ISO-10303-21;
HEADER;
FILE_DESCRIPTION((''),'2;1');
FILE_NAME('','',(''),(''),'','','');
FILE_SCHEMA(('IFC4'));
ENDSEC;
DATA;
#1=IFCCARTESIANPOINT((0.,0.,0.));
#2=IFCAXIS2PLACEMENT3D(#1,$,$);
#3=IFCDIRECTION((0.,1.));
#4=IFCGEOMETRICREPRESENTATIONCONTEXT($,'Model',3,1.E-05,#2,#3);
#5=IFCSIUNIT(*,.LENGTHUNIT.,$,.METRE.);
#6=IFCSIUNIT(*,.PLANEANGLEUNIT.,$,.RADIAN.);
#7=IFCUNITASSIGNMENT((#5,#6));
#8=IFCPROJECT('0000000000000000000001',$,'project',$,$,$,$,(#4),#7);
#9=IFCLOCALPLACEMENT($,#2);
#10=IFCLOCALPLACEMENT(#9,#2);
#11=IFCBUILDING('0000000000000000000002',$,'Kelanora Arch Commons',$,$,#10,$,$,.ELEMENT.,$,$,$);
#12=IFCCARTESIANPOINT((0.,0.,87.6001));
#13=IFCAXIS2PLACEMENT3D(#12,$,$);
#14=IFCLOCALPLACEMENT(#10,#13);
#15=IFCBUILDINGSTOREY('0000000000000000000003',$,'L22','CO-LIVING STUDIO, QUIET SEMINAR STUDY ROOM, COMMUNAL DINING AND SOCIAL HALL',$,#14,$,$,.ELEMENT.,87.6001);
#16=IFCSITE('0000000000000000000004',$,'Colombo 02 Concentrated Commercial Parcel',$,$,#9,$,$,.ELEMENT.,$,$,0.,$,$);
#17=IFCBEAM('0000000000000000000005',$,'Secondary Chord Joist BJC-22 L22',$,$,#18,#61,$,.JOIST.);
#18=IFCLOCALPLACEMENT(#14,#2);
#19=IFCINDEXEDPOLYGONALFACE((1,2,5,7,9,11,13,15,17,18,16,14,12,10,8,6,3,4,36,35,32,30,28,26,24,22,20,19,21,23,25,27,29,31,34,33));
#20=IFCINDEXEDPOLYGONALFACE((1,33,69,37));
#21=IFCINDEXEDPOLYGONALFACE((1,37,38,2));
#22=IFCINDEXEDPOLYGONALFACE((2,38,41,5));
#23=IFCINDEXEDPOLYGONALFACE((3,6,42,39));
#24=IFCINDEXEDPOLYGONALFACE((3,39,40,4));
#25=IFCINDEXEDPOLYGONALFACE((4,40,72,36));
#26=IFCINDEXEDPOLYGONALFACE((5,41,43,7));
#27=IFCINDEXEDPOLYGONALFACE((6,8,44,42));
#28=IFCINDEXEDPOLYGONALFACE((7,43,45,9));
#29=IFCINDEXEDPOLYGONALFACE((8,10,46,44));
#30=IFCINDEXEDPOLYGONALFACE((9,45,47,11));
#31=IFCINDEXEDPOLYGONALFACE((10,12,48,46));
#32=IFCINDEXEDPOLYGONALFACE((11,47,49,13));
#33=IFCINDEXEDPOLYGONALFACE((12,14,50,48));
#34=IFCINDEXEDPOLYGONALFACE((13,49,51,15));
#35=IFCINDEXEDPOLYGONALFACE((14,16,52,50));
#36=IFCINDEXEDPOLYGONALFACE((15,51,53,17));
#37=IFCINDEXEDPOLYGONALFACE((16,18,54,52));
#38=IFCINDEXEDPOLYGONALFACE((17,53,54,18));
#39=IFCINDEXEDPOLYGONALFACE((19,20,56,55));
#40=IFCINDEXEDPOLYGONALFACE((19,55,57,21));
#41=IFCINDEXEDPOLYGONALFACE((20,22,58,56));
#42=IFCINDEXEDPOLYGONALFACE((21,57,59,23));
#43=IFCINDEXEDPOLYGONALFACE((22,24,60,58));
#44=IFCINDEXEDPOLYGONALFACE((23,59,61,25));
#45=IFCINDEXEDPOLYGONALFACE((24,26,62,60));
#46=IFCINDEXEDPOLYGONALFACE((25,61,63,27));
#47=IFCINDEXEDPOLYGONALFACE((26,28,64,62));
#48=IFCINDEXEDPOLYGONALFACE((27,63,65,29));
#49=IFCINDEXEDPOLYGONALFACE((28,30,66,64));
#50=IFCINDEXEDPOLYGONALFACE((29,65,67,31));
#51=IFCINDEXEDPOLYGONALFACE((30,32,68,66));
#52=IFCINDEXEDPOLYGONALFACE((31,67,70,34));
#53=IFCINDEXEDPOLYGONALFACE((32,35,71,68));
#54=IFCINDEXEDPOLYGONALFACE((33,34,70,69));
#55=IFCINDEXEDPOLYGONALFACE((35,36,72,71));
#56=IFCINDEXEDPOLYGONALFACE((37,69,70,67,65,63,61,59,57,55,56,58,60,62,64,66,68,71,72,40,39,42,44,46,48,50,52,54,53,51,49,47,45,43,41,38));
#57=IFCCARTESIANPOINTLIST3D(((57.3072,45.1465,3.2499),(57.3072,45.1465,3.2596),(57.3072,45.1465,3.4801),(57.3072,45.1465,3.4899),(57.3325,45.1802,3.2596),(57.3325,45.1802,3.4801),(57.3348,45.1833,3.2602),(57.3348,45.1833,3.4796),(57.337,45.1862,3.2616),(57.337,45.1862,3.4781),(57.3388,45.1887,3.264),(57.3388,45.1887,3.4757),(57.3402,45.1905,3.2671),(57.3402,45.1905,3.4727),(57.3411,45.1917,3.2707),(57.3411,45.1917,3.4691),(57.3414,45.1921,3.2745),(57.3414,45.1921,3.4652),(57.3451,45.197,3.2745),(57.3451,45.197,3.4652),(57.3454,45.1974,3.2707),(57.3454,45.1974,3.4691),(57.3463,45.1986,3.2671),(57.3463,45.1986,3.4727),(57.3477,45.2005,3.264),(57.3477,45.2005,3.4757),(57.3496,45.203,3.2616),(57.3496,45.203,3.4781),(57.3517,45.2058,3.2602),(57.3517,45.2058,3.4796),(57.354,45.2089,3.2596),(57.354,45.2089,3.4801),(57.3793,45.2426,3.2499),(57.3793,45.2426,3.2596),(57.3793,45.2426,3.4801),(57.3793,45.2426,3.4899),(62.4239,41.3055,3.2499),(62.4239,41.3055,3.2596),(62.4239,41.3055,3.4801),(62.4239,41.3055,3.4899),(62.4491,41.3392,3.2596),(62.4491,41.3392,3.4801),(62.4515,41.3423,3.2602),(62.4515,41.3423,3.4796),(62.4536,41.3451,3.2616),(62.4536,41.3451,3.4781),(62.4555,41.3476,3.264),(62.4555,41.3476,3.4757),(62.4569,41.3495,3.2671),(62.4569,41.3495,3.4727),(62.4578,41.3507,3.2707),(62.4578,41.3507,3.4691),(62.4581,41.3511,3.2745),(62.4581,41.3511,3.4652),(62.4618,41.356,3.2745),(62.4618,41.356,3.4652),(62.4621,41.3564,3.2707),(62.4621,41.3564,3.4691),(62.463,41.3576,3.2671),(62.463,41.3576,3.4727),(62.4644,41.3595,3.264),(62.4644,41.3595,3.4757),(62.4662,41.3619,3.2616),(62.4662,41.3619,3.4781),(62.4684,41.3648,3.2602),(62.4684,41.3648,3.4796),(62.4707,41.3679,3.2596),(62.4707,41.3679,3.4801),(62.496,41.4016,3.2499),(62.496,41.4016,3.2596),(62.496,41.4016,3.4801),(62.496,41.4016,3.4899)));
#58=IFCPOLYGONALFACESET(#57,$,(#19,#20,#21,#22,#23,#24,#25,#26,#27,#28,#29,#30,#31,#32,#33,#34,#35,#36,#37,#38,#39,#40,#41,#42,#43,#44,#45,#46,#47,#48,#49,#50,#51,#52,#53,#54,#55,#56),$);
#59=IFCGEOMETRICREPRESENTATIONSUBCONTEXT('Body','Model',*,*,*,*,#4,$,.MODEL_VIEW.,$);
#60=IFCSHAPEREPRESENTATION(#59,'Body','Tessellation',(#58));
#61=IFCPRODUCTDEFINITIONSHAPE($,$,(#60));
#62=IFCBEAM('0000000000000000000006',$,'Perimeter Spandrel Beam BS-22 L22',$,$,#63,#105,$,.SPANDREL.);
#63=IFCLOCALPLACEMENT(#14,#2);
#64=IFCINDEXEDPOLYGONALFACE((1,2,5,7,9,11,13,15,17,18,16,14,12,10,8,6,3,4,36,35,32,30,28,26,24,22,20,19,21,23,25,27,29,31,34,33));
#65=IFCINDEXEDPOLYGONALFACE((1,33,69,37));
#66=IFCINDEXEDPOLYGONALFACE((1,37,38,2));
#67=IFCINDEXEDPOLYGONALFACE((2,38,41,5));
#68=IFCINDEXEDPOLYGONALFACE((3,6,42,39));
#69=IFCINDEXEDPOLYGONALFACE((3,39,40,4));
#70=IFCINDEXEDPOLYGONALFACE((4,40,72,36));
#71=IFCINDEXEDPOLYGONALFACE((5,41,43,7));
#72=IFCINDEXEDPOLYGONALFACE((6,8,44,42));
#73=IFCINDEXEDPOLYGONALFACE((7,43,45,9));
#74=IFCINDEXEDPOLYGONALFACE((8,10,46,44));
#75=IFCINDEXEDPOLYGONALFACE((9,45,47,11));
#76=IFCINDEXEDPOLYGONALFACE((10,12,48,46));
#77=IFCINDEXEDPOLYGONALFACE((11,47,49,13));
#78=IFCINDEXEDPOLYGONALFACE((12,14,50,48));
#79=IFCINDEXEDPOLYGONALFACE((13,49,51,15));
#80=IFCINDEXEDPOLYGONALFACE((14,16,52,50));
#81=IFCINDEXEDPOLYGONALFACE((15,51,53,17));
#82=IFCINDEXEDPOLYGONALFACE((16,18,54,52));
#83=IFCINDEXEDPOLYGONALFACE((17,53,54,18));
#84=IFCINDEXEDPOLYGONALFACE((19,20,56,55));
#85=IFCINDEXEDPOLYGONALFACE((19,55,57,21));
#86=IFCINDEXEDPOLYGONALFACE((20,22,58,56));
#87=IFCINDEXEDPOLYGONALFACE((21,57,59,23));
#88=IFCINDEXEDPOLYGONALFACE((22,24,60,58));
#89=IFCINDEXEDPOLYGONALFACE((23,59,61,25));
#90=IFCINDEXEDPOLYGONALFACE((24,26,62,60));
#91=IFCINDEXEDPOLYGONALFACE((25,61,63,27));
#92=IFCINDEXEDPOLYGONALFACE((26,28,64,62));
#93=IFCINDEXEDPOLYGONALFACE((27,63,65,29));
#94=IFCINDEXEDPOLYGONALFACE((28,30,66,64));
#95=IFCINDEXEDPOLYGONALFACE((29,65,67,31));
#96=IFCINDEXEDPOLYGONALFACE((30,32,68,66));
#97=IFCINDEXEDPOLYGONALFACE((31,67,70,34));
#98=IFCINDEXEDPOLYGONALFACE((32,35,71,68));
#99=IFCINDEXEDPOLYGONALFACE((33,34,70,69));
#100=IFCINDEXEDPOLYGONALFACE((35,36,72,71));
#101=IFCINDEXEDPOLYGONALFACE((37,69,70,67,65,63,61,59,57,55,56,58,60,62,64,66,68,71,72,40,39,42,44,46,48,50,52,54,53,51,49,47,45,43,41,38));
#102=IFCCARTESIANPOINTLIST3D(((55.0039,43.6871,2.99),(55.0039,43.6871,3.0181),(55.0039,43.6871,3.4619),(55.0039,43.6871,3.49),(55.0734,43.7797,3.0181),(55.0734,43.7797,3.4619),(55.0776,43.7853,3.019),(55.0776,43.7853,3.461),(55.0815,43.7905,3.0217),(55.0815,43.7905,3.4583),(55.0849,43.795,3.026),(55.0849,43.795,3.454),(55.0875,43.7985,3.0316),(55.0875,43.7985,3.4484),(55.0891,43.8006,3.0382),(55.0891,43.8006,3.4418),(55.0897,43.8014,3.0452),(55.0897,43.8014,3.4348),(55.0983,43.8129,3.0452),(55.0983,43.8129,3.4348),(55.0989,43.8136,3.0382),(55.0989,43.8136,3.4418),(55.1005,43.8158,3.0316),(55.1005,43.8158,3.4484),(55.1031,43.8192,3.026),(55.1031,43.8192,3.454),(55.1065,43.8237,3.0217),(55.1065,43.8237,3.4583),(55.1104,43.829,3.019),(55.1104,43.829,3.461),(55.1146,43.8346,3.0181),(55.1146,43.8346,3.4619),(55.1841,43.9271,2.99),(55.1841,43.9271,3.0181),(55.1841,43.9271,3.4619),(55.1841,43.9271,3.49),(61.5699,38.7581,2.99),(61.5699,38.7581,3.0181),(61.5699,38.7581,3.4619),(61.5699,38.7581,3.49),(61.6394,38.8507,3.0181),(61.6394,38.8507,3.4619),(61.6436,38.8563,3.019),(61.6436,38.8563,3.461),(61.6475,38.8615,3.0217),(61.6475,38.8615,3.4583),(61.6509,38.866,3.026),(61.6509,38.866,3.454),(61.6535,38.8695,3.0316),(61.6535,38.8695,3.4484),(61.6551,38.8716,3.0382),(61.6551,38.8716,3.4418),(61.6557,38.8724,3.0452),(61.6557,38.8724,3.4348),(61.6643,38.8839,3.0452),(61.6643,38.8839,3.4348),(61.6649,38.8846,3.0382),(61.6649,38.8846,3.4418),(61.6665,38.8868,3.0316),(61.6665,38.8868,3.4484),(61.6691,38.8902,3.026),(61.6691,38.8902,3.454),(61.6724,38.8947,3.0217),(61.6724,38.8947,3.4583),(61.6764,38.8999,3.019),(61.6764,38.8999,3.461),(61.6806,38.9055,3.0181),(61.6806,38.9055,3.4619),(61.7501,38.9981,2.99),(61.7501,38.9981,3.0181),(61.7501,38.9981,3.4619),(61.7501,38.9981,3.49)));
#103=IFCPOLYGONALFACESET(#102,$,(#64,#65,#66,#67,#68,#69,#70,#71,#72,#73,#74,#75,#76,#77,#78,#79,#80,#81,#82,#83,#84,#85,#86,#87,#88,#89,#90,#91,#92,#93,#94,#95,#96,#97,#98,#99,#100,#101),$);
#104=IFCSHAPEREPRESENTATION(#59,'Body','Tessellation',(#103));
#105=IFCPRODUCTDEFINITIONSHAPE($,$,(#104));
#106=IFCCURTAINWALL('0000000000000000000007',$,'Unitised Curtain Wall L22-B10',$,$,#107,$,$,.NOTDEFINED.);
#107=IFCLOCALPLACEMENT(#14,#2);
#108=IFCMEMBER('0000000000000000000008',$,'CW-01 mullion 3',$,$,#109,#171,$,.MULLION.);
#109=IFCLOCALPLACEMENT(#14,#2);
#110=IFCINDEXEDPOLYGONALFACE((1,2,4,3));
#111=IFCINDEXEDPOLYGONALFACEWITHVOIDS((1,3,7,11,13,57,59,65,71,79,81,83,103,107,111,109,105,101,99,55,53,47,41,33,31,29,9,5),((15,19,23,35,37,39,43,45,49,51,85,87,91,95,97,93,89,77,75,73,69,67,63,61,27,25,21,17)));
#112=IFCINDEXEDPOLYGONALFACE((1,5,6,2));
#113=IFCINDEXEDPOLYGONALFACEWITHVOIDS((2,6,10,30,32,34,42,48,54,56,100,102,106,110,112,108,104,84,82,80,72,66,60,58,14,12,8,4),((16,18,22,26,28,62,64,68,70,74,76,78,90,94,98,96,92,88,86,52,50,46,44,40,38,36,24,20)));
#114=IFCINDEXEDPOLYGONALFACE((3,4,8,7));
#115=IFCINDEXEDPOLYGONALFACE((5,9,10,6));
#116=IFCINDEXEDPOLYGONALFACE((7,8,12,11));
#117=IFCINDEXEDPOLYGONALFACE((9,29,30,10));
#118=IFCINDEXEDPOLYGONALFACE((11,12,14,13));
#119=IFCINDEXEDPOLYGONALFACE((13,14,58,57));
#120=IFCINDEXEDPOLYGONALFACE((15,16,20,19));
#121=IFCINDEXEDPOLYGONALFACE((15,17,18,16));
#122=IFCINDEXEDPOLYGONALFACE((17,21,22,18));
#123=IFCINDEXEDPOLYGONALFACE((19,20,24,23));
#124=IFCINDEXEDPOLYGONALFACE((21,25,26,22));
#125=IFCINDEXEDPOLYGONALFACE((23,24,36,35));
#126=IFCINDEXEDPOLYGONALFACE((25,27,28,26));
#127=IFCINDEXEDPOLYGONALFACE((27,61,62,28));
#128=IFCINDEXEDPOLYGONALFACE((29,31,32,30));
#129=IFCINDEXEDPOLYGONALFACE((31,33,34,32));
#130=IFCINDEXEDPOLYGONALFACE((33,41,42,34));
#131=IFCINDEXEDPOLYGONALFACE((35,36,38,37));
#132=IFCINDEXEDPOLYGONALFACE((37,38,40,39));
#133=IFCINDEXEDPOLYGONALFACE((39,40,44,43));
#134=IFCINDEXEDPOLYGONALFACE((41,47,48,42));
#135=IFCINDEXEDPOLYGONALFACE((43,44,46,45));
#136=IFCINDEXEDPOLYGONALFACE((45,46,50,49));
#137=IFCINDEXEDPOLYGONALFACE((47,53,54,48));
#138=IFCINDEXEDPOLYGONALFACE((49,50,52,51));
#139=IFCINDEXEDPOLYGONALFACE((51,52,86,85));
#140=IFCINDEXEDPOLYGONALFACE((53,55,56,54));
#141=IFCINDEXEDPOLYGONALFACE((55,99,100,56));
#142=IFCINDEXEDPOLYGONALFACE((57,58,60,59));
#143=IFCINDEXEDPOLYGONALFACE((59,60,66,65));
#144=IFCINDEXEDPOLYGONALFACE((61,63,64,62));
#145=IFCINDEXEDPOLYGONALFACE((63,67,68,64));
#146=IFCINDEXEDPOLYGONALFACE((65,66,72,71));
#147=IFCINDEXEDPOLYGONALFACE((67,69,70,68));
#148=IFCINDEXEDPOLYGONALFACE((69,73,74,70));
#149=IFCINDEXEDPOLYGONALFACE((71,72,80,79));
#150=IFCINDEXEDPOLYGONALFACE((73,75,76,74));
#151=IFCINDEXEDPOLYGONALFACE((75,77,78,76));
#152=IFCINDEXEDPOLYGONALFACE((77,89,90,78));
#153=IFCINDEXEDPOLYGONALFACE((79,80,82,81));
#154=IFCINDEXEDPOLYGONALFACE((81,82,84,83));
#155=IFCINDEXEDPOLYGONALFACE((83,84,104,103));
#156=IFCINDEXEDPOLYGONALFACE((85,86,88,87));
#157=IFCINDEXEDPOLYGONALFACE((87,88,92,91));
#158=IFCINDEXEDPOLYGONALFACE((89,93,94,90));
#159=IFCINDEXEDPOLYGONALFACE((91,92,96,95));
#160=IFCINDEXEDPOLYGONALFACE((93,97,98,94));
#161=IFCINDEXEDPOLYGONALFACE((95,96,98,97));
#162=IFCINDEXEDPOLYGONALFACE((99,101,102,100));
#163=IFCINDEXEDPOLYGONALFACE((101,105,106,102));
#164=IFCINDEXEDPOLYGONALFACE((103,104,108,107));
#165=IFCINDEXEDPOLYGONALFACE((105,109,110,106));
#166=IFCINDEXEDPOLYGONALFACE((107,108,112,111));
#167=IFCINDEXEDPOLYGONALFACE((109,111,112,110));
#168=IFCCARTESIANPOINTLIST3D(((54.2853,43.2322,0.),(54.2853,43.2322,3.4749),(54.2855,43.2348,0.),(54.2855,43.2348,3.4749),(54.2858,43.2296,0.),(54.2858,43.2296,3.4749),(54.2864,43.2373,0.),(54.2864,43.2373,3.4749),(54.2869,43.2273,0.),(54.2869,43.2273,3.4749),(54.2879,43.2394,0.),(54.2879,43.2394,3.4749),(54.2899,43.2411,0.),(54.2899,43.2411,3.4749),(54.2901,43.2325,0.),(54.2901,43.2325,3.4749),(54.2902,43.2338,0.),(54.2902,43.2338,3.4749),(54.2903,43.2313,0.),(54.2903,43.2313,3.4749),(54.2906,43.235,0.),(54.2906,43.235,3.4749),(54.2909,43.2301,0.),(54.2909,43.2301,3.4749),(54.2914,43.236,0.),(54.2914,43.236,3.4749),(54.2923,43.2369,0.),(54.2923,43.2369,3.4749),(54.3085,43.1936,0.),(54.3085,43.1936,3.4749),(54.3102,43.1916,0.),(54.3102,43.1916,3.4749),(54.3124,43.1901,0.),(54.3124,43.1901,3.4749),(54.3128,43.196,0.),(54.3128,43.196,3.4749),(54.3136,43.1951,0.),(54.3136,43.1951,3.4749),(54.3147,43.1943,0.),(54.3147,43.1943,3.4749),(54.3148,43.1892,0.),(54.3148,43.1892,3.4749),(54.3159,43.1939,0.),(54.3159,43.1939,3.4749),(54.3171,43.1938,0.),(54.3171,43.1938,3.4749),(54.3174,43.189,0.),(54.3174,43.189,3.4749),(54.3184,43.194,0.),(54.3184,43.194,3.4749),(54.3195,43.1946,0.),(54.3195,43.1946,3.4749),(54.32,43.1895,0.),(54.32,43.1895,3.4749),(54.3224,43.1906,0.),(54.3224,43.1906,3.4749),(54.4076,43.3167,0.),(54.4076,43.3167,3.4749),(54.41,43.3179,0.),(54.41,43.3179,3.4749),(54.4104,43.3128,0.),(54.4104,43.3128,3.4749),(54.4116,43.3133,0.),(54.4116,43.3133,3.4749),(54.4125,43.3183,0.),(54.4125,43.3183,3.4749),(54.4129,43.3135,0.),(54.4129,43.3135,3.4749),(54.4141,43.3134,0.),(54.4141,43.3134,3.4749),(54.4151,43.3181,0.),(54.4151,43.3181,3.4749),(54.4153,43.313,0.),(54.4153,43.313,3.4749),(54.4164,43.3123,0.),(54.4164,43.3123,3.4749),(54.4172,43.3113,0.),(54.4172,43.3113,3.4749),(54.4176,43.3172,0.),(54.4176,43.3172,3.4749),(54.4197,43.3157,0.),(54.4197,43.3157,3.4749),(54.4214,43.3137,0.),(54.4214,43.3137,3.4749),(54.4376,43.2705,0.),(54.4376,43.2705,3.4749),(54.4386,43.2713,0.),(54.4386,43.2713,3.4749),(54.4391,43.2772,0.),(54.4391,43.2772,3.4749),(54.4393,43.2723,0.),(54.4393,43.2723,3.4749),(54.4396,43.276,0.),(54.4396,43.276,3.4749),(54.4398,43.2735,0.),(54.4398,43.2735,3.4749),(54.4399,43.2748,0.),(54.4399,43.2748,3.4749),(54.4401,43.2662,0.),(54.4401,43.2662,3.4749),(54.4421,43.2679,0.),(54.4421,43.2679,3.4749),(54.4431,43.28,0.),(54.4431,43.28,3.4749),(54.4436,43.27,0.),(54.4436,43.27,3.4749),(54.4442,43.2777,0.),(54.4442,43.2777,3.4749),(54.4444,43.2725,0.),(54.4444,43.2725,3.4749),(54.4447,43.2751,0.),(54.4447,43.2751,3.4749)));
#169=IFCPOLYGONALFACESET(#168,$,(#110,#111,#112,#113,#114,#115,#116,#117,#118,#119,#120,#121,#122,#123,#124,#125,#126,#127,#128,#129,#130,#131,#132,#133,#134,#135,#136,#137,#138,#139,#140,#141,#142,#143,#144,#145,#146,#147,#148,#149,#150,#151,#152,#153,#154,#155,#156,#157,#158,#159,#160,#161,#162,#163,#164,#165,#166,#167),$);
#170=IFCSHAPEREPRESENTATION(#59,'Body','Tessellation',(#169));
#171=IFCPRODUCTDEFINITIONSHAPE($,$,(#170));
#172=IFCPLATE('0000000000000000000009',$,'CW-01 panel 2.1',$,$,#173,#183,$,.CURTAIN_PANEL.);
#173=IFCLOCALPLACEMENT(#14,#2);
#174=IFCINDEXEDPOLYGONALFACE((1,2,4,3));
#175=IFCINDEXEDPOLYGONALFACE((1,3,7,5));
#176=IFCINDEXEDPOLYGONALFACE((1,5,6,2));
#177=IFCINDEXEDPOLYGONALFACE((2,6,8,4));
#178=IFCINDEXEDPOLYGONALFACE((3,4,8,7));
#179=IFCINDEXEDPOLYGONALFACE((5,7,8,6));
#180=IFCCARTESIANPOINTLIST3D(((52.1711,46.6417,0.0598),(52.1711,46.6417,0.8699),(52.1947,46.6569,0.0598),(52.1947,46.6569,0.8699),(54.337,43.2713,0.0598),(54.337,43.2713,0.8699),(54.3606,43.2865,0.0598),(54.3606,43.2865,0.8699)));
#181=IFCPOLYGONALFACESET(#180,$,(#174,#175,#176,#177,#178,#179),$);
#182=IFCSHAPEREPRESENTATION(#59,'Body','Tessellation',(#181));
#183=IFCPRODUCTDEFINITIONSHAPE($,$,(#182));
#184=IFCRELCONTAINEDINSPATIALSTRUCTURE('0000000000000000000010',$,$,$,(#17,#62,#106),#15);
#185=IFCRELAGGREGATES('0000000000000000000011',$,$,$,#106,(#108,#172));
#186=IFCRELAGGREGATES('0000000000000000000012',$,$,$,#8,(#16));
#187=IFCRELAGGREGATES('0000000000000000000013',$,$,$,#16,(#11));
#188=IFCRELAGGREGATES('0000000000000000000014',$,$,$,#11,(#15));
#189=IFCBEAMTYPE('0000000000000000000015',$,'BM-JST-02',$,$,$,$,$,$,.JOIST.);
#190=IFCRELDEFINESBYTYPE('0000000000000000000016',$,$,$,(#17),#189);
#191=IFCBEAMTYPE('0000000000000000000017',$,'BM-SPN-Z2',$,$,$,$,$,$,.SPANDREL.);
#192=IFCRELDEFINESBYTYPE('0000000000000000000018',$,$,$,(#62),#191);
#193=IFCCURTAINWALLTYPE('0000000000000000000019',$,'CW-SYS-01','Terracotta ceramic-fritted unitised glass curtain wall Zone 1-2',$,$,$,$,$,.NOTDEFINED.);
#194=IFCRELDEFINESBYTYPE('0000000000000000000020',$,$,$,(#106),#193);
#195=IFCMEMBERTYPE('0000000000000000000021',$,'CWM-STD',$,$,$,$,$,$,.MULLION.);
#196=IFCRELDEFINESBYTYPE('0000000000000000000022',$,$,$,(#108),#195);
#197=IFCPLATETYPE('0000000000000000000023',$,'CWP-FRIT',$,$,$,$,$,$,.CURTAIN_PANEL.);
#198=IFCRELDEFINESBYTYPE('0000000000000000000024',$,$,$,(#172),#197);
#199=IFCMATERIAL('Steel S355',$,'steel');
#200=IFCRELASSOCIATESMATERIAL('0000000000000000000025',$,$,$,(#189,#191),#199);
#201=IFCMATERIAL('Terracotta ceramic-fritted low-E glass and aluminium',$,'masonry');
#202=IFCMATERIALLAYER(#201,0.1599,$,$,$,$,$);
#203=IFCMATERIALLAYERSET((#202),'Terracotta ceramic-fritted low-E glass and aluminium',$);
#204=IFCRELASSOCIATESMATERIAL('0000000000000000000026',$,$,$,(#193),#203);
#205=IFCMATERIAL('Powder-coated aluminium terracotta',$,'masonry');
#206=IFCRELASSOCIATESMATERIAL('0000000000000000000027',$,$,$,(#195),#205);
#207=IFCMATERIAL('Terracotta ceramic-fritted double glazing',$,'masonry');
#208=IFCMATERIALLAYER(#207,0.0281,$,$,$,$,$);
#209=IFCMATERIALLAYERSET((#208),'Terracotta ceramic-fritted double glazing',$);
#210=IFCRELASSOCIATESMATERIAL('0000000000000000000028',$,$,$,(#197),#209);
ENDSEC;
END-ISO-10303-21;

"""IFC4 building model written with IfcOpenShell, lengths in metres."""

from ifc_helpers import new_model, si_unit, direction, frame, origin, origin_2d, place, context, subcontext, project, spatial, rectangle, hollow_rectangle, i_section, extrude, source, transform, mapped, material, layer, layer_set, material_profile, profile_set, type_object, element, aggregate, save


model = new_model("IFC4")

# Units and contexts
model_context = context("Model", 3, precision=1e-05, world=origin(), true_north=direction((0.0, 1.0)))
body_context = subcontext(model_context, "Body", "Model", "MODEL_VIEW")
ifc_project = project(units=[si_unit("LENGTHUNIT", "METRE"), si_unit("PLANEANGLEUNIT", "RADIAN")], contexts=[model_context])

# Site, building, storey
site_placement = place(None, origin())
site = spatial("IfcSite", under=ifc_project, at=site_placement, Name="Colombo 02 Concentrated Commercial Parcel", CompositionType="ELEMENT", RefElevation=0.0)
building_placement = place(site_placement, origin())
building = spatial("IfcBuilding", under=site, at=building_placement, Name="Kelanora Arch Commons", CompositionType="ELEMENT")
storey_placement = place(building_placement, frame((0.0, 0.0, 87.6001)))
storey = spatial("IfcBuildingStorey", under=building, at=storey_placement, Name="L22", Description="CO-LIVING STUDIO, QUIET SEMINAR STUDY ROOM, COMMUNAL DINING AND SOCIAL HALL", CompositionType="ELEMENT", Elevation=87.6001)

# Beams
ifc_material_1 = material(Name="Steel S355", Category="steel")
ifc_material_profile_1 = material_profile(ifc_material_1, i_section(OverallWidth=0.1201, OverallDepth=0.24, WebThickness=0.0061, FlangeThickness=0.0098, FilletRadius=0.0149, at=origin_2d()), Name="IPE240")
ifc_profile_set_1 = profile_set([ifc_material_profile_1], Name="Steel S355")
beam_type_1 = type_object("IfcBeamType", Name="BM-JST-02", PredefinedType="JOIST", material=ifc_profile_set_1)
beam_1_placement = place(storey_placement, frame((57.3433, 45.1946, 3.3699), z_axis=(0.799734, -0.600354, 0.0), x_axis=(0.600354, 0.799734, 0.0)))
element("IfcBeam", 1, at=beam_1_placement, inside=storey, type_object=beam_type_1, Name="Secondary Chord Joist BJC-22 L22", PredefinedType="JOIST", context=body_context, shape_type="SweptSolid", body=[
    extrude(i_section(OverallWidth=0.1201, OverallDepth=0.24, WebThickness=0.0061, FlangeThickness=0.0098, FilletRadius=0.0149, at=origin_2d()), origin(), (0.0, 0.0, 1.0), 6.3979),
])
ifc_material_profile_2 = material_profile(ifc_material_1, i_section(OverallWidth=0.3, OverallDepth=0.5, WebThickness=0.0144, FlangeThickness=0.0281, FilletRadius=0.0271, at=origin_2d()), Name="HEB500")
ifc_profile_set_2 = profile_set([ifc_material_profile_2], Name="Steel S355")
beam_type_2 = type_object("IfcBeamType", Name="BM-SPN-Z2", PredefinedType="SPANDREL", material=ifc_profile_set_2)
beam_2_placement = place(storey_placement, frame((55.094, 43.8071, 3.24), z_axis=(0.799736, -0.600352, 0.0), x_axis=(0.600352, 0.799736, 0.0)))
element("IfcBeam", 2, at=beam_2_placement, inside=storey, type_object=beam_type_2, Name="Perimeter Spandrel Beam BS-22 L22", PredefinedType="SPANDREL", context=body_context, shape_type="SweptSolid", body=[
    extrude(i_section(OverallWidth=0.3, OverallDepth=0.5, WebThickness=0.0144, FlangeThickness=0.0281, FilletRadius=0.0271, at=origin_2d()), origin(), (0.0, 0.0, 1.0), 8.2102),
])

# Curtain wall, member, plate
ifc_material_2 = material(Name="Terracotta ceramic-fritted low-E glass and aluminium", Category="masonry")
ifc_layer_1 = layer(ifc_material_2, 0.1599)
ifc_layer_set_1 = layer_set([ifc_layer_1], Name="Terracotta ceramic-fritted low-E glass and aluminium")
curtain_wall_type = type_object("IfcCurtainWallType", Name="CW-SYS-01", Description="Terracotta ceramic-fritted unitised glass curtain wall Zone 1-2", PredefinedType="NOTDEFINED", material=ifc_layer_set_1)
curtain_wall_placement = place(storey_placement, origin())
curtain_wall = element("IfcCurtainWall", 3, at=curtain_wall_placement, inside=storey, type_object=curtain_wall_type, Name="Unitised Curtain Wall L22-B10", PredefinedType="NOTDEFINED")
ifc_material_3 = material(Name="Powder-coated aluminium terracotta", Category="masonry")
ifc_material_profile_3 = material_profile(ifc_material_3, hollow_rectangle(XDim=0.1599, YDim=0.0601, WallThickness=0.0049, InnerFilletRadius=0.0049, OuterFilletRadius=0.01, at=origin_2d()), Name="CWM160x60")
ifc_profile_set_3 = profile_set([ifc_material_profile_3], Name="Powder-coated aluminium terracotta")
member_type = type_object("IfcMemberType", Name="CWM-STD", PredefinedType="MULLION", material=ifc_profile_set_3)
member_placement = place(storey_placement, frame((54.365, 43.2537, 0.0), z_axis=(0.0, 0.0, 1.0), x_axis=(0.841269, 0.540617, 0.0)))
member = element("IfcMember", 4, at=member_placement, type_object=member_type, Name="CW-01 mullion 3", PredefinedType="MULLION", context=body_context, shape_type="SweptSolid", body=[
    extrude(hollow_rectangle(XDim=0.1599, YDim=0.0601, WallThickness=0.0049, InnerFilletRadius=0.0049, OuterFilletRadius=0.01, at=origin_2d()), origin(), (0.0, 0.0, 1.0), 3.4749),
])
ifc_material_4 = material(Name="Terracotta ceramic-fritted double glazing", Category="masonry")
ifc_layer_2 = layer(ifc_material_4, 0.0281)
ifc_layer_set_2 = layer_set([ifc_layer_2], Name="Terracotta ceramic-fritted double glazing")
plate_type = type_object("IfcPlateType", Name="CWP-FRIT", PredefinedType="CURTAIN_PANEL", material=ifc_layer_set_2)
shared_shape_1 = source(origin(), body_context, "Body", "SweptSolid", [
    extrude(rectangle(XDim=4.0063, YDim=0.0281, at=origin_2d()), origin(), (0.0, 0.0, 1.0), 0.8101),
])
plate_1_placement = place(storey_placement, frame((53.2659, 44.9641, 0.0598), z_axis=(0.0, 0.0, 1.0), x_axis=(0.540617, -0.841269, 0.0)))
plate_1 = element("IfcPlate", 5, at=plate_1_placement, type_object=plate_type, Name="CW-01 panel 2.1", PredefinedType="CURTAIN_PANEL", context=body_context, shape_type="MappedRepresentation", body=[
    mapped(shared_shape_1, transform((0.0, 0.0, 0.0), scale=1.0)),
])
aggregate(curtain_wall, [member, plate_1])

save(model, "model.ifc")
